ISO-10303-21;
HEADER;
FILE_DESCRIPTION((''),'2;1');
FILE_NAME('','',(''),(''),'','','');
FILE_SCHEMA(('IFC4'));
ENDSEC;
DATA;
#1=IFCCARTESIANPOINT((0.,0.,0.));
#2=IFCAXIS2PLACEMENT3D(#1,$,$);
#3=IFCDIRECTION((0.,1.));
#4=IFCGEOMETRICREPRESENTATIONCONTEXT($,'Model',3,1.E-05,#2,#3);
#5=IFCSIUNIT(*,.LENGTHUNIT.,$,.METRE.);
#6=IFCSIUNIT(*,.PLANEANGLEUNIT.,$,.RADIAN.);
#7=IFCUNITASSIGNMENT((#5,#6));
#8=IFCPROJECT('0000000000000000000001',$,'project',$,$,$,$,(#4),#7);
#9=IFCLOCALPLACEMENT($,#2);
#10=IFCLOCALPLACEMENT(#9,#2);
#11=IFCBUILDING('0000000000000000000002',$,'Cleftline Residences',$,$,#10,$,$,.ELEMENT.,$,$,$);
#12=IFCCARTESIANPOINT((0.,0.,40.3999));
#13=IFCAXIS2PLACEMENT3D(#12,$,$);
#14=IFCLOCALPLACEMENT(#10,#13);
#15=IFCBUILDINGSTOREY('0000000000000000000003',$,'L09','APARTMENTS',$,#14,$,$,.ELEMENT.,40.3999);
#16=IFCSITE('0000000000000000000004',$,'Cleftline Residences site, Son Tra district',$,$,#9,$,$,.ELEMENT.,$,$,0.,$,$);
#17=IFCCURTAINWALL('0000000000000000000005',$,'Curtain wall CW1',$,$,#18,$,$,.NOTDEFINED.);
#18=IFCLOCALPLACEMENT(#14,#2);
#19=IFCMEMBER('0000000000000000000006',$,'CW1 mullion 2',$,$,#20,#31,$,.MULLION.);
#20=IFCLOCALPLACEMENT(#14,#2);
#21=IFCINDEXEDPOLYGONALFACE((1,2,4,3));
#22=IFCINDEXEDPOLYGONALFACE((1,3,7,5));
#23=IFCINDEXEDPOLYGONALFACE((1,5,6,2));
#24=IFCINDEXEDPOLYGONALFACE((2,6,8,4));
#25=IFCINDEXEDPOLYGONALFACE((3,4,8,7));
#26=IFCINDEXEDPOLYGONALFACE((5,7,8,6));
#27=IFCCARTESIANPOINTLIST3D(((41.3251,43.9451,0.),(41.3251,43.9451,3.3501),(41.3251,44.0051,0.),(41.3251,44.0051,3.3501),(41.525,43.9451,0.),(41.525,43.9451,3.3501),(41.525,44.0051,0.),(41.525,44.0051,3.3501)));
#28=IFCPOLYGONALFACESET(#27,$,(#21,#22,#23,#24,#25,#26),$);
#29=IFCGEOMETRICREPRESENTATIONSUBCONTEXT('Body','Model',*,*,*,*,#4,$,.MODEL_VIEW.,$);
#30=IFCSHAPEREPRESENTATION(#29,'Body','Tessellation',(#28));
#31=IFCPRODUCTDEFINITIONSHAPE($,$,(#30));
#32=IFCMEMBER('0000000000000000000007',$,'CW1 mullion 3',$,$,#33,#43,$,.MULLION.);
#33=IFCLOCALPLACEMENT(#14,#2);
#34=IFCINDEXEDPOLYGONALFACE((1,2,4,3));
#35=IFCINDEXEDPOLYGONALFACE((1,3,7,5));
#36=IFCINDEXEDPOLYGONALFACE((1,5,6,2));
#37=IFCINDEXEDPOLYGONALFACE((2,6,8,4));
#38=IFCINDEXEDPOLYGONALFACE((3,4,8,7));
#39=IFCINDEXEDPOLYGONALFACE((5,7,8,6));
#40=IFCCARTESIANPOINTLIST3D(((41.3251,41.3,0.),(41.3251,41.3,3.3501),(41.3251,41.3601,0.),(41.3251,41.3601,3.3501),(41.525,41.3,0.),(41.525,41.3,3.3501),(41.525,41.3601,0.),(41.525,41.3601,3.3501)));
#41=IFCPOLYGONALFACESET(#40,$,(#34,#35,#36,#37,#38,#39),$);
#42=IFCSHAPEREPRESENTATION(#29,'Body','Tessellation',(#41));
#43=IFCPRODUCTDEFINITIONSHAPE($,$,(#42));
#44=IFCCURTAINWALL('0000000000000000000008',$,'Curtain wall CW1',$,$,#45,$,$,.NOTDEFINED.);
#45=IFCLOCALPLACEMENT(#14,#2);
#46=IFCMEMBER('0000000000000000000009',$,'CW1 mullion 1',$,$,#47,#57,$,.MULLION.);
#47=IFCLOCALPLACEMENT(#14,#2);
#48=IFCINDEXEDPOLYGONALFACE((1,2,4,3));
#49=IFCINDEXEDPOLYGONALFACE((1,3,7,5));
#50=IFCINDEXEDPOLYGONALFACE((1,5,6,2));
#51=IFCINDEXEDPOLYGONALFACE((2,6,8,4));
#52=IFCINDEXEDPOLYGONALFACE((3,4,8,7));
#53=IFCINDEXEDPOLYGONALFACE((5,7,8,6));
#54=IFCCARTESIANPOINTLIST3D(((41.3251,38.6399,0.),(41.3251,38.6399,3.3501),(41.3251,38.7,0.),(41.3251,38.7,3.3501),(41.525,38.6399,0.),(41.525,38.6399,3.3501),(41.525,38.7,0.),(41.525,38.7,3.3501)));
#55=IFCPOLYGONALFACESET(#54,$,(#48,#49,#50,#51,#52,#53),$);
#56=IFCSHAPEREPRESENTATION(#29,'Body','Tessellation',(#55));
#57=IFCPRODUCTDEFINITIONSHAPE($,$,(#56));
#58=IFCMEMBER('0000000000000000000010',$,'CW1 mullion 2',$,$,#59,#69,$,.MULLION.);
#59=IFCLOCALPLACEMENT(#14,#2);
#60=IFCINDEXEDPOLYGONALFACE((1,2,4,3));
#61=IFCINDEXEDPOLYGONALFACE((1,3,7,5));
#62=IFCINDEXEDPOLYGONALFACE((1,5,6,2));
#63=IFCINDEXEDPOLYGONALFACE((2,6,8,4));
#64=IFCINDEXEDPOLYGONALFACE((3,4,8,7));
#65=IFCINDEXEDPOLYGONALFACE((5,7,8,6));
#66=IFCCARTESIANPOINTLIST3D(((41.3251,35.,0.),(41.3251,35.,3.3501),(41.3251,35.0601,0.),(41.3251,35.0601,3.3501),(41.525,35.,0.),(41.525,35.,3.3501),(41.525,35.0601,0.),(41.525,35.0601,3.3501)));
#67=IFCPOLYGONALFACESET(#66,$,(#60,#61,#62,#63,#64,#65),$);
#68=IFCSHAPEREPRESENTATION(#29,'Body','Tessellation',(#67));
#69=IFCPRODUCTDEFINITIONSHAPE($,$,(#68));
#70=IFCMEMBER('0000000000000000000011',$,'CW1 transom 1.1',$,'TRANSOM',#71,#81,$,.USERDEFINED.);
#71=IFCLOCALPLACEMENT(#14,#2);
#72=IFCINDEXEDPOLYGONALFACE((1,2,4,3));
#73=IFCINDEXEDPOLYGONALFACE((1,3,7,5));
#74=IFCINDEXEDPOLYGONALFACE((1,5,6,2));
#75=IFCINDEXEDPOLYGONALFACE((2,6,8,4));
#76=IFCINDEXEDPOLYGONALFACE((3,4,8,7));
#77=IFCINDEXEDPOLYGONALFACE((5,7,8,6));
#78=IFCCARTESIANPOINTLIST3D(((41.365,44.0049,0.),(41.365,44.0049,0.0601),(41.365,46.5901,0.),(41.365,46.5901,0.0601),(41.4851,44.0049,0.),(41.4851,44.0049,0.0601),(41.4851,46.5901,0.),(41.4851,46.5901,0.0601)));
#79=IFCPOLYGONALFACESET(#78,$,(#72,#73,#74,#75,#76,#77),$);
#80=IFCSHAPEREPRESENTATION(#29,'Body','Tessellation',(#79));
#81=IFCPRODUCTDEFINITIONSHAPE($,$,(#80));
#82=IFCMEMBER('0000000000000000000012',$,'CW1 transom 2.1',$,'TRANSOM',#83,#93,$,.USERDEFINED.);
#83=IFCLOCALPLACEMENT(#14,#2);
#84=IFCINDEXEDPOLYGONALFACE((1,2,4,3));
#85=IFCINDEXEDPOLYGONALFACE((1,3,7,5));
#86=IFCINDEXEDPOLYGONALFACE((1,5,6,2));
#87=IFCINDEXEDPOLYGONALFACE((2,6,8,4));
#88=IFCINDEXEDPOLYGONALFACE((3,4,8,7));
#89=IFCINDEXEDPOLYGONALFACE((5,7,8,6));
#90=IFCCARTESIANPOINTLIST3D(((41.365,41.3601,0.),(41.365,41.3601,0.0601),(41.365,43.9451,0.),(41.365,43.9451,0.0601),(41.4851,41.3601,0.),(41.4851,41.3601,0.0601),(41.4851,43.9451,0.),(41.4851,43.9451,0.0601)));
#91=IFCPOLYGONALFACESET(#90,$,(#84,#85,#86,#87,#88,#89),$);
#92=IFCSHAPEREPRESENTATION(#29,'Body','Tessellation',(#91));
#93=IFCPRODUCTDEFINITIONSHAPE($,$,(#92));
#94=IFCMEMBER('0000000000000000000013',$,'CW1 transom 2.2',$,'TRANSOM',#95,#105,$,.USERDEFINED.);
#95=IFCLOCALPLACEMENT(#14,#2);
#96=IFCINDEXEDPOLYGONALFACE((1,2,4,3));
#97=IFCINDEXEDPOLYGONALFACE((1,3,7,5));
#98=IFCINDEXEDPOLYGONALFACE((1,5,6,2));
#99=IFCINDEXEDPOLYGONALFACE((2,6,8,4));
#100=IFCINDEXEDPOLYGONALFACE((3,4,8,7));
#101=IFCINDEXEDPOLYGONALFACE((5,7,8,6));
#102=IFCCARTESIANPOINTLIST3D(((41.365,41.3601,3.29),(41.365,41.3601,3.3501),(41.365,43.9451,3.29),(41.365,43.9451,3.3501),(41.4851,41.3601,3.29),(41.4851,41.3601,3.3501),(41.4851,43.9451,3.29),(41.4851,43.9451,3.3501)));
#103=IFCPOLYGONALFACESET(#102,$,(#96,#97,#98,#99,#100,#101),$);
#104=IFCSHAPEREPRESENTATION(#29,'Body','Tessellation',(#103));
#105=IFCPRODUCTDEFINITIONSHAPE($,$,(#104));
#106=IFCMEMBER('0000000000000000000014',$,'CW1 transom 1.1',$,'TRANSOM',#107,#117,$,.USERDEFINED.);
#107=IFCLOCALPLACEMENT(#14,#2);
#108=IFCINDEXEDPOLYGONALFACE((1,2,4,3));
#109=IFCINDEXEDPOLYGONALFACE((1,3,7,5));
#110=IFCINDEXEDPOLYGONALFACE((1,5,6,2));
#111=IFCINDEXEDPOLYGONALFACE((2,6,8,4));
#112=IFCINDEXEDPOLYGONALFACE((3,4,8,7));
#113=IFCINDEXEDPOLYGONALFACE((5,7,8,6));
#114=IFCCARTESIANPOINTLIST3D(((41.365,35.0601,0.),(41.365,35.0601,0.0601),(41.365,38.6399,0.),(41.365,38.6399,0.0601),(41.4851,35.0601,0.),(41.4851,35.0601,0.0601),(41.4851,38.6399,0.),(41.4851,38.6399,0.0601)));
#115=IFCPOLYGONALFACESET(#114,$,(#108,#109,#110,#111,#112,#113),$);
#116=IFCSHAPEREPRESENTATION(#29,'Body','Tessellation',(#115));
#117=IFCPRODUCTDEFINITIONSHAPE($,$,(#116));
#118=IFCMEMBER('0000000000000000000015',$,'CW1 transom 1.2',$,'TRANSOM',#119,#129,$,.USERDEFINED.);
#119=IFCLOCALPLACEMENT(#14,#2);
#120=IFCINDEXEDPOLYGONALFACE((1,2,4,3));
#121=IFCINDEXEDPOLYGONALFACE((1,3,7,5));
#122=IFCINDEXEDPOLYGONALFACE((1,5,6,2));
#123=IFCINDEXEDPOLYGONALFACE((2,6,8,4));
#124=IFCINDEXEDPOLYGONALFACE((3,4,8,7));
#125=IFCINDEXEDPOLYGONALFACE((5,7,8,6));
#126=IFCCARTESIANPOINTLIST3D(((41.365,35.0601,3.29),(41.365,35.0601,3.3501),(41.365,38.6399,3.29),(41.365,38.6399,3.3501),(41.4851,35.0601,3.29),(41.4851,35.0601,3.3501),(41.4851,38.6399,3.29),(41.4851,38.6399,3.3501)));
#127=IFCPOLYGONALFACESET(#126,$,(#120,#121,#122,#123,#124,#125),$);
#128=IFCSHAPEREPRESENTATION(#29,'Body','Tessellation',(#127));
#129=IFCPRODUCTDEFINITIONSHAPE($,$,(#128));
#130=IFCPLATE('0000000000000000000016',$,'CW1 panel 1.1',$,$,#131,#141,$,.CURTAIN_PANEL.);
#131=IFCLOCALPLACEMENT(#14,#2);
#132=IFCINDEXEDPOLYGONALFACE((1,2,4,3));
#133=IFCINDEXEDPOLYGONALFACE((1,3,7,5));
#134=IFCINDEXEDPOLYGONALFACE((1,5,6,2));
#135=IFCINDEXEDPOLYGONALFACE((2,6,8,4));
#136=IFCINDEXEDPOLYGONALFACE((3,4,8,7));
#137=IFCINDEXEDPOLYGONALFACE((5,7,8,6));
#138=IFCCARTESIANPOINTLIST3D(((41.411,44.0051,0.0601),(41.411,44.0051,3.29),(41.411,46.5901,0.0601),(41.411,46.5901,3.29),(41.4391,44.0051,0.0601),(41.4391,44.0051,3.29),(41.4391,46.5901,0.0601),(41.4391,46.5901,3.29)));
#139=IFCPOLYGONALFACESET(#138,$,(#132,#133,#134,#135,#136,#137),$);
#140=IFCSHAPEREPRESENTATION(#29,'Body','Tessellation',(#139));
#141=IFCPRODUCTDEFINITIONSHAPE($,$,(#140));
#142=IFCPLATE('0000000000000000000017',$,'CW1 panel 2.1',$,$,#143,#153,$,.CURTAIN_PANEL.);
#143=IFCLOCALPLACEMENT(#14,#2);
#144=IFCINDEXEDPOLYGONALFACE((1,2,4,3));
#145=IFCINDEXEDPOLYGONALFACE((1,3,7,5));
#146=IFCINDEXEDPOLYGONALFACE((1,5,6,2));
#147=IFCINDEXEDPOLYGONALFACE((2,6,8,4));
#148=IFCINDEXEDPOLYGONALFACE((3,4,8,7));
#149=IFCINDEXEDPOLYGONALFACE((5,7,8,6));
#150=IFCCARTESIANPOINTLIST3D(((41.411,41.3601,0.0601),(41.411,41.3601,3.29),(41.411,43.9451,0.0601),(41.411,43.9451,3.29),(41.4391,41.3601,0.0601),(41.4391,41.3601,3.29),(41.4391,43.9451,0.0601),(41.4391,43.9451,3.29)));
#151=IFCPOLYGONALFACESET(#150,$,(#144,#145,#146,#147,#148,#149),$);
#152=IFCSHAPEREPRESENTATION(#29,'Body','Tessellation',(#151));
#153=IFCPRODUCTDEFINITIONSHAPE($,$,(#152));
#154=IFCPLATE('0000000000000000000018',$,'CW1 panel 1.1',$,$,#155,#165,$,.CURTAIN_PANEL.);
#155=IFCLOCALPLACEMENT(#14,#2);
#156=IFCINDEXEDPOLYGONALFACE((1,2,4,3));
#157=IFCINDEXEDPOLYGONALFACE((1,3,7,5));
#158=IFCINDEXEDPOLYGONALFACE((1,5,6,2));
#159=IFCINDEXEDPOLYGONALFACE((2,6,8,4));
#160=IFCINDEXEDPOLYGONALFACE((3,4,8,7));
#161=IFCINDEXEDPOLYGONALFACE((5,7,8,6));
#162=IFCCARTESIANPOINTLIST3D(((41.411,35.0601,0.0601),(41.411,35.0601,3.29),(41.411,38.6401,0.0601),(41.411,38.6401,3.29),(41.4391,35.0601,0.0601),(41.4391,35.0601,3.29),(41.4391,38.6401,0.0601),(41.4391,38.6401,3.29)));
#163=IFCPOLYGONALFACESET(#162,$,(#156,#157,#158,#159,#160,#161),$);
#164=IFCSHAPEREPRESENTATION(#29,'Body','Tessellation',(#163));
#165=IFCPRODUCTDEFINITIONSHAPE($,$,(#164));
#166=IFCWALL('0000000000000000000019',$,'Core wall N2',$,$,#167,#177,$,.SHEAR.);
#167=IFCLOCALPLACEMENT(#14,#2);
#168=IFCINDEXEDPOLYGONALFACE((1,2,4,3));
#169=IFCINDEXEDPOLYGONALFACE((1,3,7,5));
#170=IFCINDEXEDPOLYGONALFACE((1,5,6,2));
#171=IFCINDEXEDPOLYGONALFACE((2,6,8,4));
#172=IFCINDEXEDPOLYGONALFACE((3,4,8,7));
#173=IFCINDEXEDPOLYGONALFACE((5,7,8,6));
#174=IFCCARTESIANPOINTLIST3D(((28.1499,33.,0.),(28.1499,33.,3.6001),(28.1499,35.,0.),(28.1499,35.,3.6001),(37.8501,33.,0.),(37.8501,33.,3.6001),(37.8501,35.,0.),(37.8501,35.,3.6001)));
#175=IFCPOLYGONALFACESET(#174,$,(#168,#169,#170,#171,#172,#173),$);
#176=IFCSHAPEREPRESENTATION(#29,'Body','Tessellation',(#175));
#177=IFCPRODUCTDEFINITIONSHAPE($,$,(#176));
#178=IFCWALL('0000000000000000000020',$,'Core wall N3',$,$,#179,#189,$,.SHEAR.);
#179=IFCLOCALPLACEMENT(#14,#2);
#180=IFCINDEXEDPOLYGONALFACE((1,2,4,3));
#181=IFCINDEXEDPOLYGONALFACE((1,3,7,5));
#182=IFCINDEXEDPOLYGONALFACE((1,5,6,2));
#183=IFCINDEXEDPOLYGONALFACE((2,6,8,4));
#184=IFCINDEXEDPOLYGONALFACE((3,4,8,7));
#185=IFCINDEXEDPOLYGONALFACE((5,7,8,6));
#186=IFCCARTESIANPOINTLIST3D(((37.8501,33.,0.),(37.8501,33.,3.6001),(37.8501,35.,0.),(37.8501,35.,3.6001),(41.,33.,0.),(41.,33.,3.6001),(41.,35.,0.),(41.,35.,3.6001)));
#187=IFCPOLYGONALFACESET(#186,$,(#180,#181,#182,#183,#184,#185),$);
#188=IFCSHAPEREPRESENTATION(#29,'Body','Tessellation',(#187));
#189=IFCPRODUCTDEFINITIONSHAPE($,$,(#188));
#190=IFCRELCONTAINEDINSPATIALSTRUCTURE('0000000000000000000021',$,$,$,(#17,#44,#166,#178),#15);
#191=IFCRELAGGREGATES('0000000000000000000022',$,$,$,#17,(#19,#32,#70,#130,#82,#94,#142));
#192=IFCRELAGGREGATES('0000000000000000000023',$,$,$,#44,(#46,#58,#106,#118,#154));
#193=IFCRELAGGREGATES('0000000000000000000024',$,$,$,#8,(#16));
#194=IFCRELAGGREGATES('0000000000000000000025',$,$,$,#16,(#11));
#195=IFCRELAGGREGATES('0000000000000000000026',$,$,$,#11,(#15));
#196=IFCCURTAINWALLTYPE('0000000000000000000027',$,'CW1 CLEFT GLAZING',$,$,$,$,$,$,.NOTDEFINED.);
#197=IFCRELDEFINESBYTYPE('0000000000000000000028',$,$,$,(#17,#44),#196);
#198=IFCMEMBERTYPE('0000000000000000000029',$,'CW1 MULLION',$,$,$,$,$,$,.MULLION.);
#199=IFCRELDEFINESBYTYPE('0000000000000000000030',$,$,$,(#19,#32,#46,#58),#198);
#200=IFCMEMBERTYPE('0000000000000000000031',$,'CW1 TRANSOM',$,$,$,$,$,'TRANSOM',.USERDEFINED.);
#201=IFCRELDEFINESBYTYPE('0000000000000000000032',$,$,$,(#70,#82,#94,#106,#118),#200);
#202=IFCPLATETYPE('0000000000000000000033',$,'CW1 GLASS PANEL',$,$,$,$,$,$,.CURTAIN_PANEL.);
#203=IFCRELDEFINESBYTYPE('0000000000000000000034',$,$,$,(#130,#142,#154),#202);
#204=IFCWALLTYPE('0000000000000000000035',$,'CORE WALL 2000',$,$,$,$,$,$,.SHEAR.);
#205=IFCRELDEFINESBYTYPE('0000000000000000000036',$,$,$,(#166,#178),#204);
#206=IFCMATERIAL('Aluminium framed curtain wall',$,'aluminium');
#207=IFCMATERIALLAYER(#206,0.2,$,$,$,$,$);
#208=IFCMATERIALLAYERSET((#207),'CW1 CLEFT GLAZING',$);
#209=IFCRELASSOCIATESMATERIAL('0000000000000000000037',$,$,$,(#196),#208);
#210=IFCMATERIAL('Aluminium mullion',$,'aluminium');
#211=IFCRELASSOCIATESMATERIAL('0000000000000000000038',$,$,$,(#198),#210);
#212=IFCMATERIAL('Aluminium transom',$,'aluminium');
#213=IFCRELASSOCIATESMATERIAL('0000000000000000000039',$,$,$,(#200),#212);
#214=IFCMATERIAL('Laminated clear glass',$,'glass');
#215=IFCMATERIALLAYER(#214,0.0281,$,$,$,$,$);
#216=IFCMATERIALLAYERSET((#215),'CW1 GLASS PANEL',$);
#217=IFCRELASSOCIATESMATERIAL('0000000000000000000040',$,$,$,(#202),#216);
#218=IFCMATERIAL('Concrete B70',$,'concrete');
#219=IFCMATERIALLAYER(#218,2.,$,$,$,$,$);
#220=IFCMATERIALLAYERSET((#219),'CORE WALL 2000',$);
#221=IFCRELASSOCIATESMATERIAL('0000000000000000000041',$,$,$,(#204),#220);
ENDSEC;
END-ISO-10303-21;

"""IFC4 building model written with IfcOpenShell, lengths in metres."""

from ifc_helpers import new_model, si_unit, direction, frame, frame_2d, origin, origin_2d, place, context, subcontext, project, spatial, rectangle, extrude, material, layer, layer_set, material_profile, profile_set, type_object, element, aggregate, save


model = new_model("IFC4")

# Units and contexts
model_context = context("Model", 3, precision=1e-05, world=origin(), true_north=direction((0.0, 1.0)))
body_context = subcontext(model_context, "Body", "Model", "MODEL_VIEW")
ifc_project = project(units=[si_unit("LENGTHUNIT", "METRE"), si_unit("PLANEANGLEUNIT", "RADIAN")], contexts=[model_context])

# Site, building, storey
site_placement = place(None, origin())
site = spatial("IfcSite", under=ifc_project, at=site_placement, Name="Cleftline Residences site, Son Tra district", CompositionType="ELEMENT", RefElevation=0.0)
building_placement = place(site_placement, origin())
building = spatial("IfcBuilding", under=site, at=building_placement, Name="Cleftline Residences", CompositionType="ELEMENT")
storey_placement = place(building_placement, frame((0.0, 0.0, 40.3999)))
storey = spatial("IfcBuildingStorey", under=building, at=storey_placement, Name="L09", Description="APARTMENTS", CompositionType="ELEMENT", Elevation=40.3999)

# Curtain walls, members
ifc_material_1 = material(Name="Aluminium framed curtain wall", Category="aluminium")
ifc_layer_1 = layer(ifc_material_1, 0.2)
ifc_layer_set_1 = layer_set([ifc_layer_1], Name="CW1 CLEFT GLAZING")
curtain_wall_type = type_object("IfcCurtainWallType", Name="CW1 CLEFT GLAZING", PredefinedType="NOTDEFINED", material=ifc_layer_set_1)
curtain_wall_1_placement = place(storey_placement, origin())
curtain_wall_1 = element("IfcCurtainWall", 1, at=curtain_wall_1_placement, inside=storey, type_object=curtain_wall_type, Name="Curtain wall CW1", PredefinedType="NOTDEFINED")
ifc_material_2 = material(Name="Aluminium mullion", Category="aluminium")
ifc_material_profile_1 = material_profile(ifc_material_2, rectangle(XDim=0.2, YDim=0.0601, at=origin_2d()))
ifc_profile_set_1 = profile_set([ifc_material_profile_1], Name="Aluminium mullion")
member_type_1 = type_object("IfcMemberType", Name="CW1 MULLION", PredefinedType="MULLION", material=ifc_profile_set_1)
member_1_placement = place(storey_placement, frame((41.425, 43.9751, 0.0), z_axis=(0.0, 0.0, 1.0), x_axis=(1.0, 0.0, 0.0)))
member_1 = element("IfcMember", 2, at=member_1_placement, type_object=member_type_1, Name="CW1 mullion 2", PredefinedType="MULLION", context=body_context, shape_type="SweptSolid", body=[
    extrude(rectangle(XDim=0.2, YDim=0.0601, at=origin_2d()), origin(), (0.0, 0.0, 1.0), 3.3501),
])
member_2_placement = place(storey_placement, frame((41.425, 41.3301, 0.0), z_axis=(0.0, 0.0, 1.0), x_axis=(1.0, 0.0, 0.0)))
member_2 = element("IfcMember", 3, at=member_2_placement, type_object=member_type_1, Name="CW1 mullion 3", PredefinedType="MULLION", context=body_context, shape_type="SweptSolid", body=[
    extrude(rectangle(XDim=0.2, YDim=0.0601, at=origin_2d()), origin(), (0.0, 0.0, 1.0), 3.3501),
])
curtain_wall_2_placement = place(storey_placement, origin())
curtain_wall_2 = element("IfcCurtainWall", 4, at=curtain_wall_2_placement, inside=storey, type_object=curtain_wall_type, Name="Curtain wall CW1", PredefinedType="NOTDEFINED")
member_3_placement = place(storey_placement, frame((41.425, 38.6699, 0.0), z_axis=(0.0, 0.0, 1.0), x_axis=(1.0, 0.0, 0.0)))
member_3 = element("IfcMember", 5, at=member_3_placement, type_object=member_type_1, Name="CW1 mullion 1", PredefinedType="MULLION", context=body_context, shape_type="SweptSolid", body=[
    extrude(rectangle(XDim=0.2, YDim=0.0601, at=origin_2d()), origin(), (0.0, 0.0, 1.0), 3.3501),
])
member_4_placement = place(storey_placement, frame((41.425, 35.03, 0.0), z_axis=(0.0, 0.0, 1.0), x_axis=(1.0, 0.0, 0.0)))
member_4 = element("IfcMember", 6, at=member_4_placement, type_object=member_type_1, Name="CW1 mullion 2", PredefinedType="MULLION", context=body_context, shape_type="SweptSolid", body=[
    extrude(rectangle(XDim=0.2, YDim=0.0601, at=origin_2d()), origin(), (0.0, 0.0, 1.0), 3.3501),
])

# Members
ifc_material_3 = material(Name="Aluminium transom", Category="aluminium")
ifc_material_profile_2 = material_profile(ifc_material_3, rectangle(XDim=0.1201, YDim=0.0601, at=origin_2d()))
ifc_profile_set_2 = profile_set([ifc_material_profile_2], Name="Aluminium transom")
member_type_2 = type_object("IfcMemberType", Name="CW1 TRANSOM", ElementType="TRANSOM", PredefinedType="USERDEFINED", material=ifc_profile_set_2)
member_5_placement = place(storey_placement, frame((41.425, 46.5901, 0.03), z_axis=(0.0, -1.0, 0.0), x_axis=(1.0, 0.0, 0.0)))
member_5 = element("IfcMember", 7, at=member_5_placement, type_object=member_type_2, Name="CW1 transom 1.1", ObjectType="TRANSOM", PredefinedType="USERDEFINED", context=body_context, shape_type="SweptSolid", body=[
    extrude(rectangle(XDim=0.1201, YDim=0.0601, at=origin_2d()), origin(), (0.0, 0.0, 1.0), 2.5852),
])
member_6_placement = place(storey_placement, frame((41.425, 43.9451, 0.03), z_axis=(0.0, -1.0, 0.0), x_axis=(1.0, 0.0, 0.0)))
member_6 = element("IfcMember", 8, at=member_6_placement, type_object=member_type_2, Name="CW1 transom 2.1", ObjectType="TRANSOM", PredefinedType="USERDEFINED", context=body_context, shape_type="SweptSolid", body=[
    extrude(rectangle(XDim=0.1201, YDim=0.0601, at=origin_2d()), origin(), (0.0, 0.0, 1.0), 2.585),
])
member_7_placement = place(storey_placement, frame((41.425, 43.9451, 3.3201), z_axis=(0.0, -1.0, 0.0), x_axis=(1.0, 0.0, 0.0)))
member_7 = element("IfcMember", 9, at=member_7_placement, type_object=member_type_2, Name="CW1 transom 2.2", ObjectType="TRANSOM", PredefinedType="USERDEFINED", context=body_context, shape_type="SweptSolid", body=[
    extrude(rectangle(XDim=0.1201, YDim=0.0601, at=origin_2d()), origin(), (0.0, 0.0, 1.0), 2.585),
])
member_8_placement = place(storey_placement, frame((41.425, 38.6399, 0.03), z_axis=(0.0, -1.0, 0.0), x_axis=(1.0, 0.0, 0.0)))
member_8 = element("IfcMember", 10, at=member_8_placement, type_object=member_type_2, Name="CW1 transom 1.1", ObjectType="TRANSOM", PredefinedType="USERDEFINED", context=body_context, shape_type="SweptSolid", body=[
    extrude(rectangle(XDim=0.1201, YDim=0.0601, at=origin_2d()), origin(), (0.0, 0.0, 1.0), 3.5798),
])
member_9_placement = place(storey_placement, frame((41.425, 38.6399, 3.3201), z_axis=(0.0, -1.0, 0.0), x_axis=(1.0, 0.0, 0.0)))
member_9 = element("IfcMember", 11, at=member_9_placement, type_object=member_type_2, Name="CW1 transom 1.2", ObjectType="TRANSOM", PredefinedType="USERDEFINED", context=body_context, shape_type="SweptSolid", body=[
    extrude(rectangle(XDim=0.1201, YDim=0.0601, at=origin_2d()), origin(), (0.0, 0.0, 1.0), 3.5798),
])

# Plates
ifc_material_4 = material(Name="Laminated clear glass", Category="glass")
ifc_layer_2 = layer(ifc_material_4, 0.0281)
ifc_layer_set_2 = layer_set([ifc_layer_2], Name="CW1 GLASS PANEL")
plate_type = type_object("IfcPlateType", Name="CW1 GLASS PANEL", PredefinedType="CURTAIN_PANEL", material=ifc_layer_set_2)
plate_1_placement = place(storey_placement, frame((41.425, 45.2976, 0.0601), z_axis=(0.0, 0.0, 1.0), x_axis=(0.0, -1.0, 0.0)))
plate_1 = element("IfcPlate", 12, at=plate_1_placement, type_object=plate_type, Name="CW1 panel 1.1", PredefinedType="CURTAIN_PANEL", context=body_context, shape_type="SweptSolid", body=[
    extrude(rectangle(XDim=2.585, YDim=0.0281, at=origin_2d()), origin(), (0.0, 0.0, 1.0), 3.23),
])
plate_2_placement = place(storey_placement, frame((41.425, 42.6526, 0.0601), z_axis=(0.0, 0.0, 1.0), x_axis=(0.0, -1.0, 0.0)))
plate_2 = element("IfcPlate", 13, at=plate_2_placement, type_object=plate_type, Name="CW1 panel 2.1", PredefinedType="CURTAIN_PANEL", context=body_context, shape_type="SweptSolid", body=[
    extrude(rectangle(XDim=2.585, YDim=0.0281, at=origin_2d()), origin(), (0.0, 0.0, 1.0), 3.23),
])
aggregate(curtain_wall_1, [member_1, member_2, member_5, plate_1, member_6, member_7, plate_2])
plate_3_placement = place(storey_placement, frame((41.425, 36.8501, 0.0601), z_axis=(0.0, 0.0, 1.0), x_axis=(0.0, -1.0, 0.0)))
plate_3 = element("IfcPlate", 14, at=plate_3_placement, type_object=plate_type, Name="CW1 panel 1.1", PredefinedType="CURTAIN_PANEL", context=body_context, shape_type="SweptSolid", body=[
    extrude(rectangle(XDim=3.5801, YDim=0.0281, at=origin_2d()), origin(), (0.0, 0.0, 1.0), 3.23),
])
aggregate(curtain_wall_2, [member_3, member_4, member_8, member_9, plate_3])

# Walls
ifc_material_5 = material(Name="Concrete B70", Category="concrete")
ifc_layer_3 = layer(ifc_material_5, 2.0)
ifc_layer_set_3 = layer_set([ifc_layer_3], Name="CORE WALL 2000")
wall_type_1 = type_object("IfcWallType", Name="CORE WALL 2000", PredefinedType="SHEAR", material=ifc_layer_set_3)
wall_1_placement = place(storey_placement, frame((28.1499, 34.0, 0.0), z_axis=(0.0, 0.0, 1.0), x_axis=(1.0, 0.0, 0.0)))
element("IfcWall", 15, at=wall_1_placement, inside=storey, type_object=wall_type_1, Name="Core wall N2", PredefinedType="SHEAR", context=body_context, shape_type="SweptSolid", body=[
    extrude(rectangle(XDim=9.7002, YDim=2.0, at=frame_2d((4.8501, 0.0))), origin(), (0.0, 0.0, 1.0), 3.6001),
])
wall_2_placement = place(storey_placement, frame((37.8501, 34.0, 0.0), z_axis=(0.0, 0.0, 1.0), x_axis=(1.0, 0.0, 0.0)))
element("IfcWall", 16, at=wall_2_placement, inside=storey, type_object=wall_type_1, Name="Core wall N3", PredefinedType="SHEAR", context=body_context, shape_type="SweptSolid", body=[
    extrude(rectangle(XDim=3.1499, YDim=2.0, at=frame_2d((1.575, 0.0))), origin(), (0.0, 0.0, 1.0), 3.6001),
])

save(model, "model.ifc")
